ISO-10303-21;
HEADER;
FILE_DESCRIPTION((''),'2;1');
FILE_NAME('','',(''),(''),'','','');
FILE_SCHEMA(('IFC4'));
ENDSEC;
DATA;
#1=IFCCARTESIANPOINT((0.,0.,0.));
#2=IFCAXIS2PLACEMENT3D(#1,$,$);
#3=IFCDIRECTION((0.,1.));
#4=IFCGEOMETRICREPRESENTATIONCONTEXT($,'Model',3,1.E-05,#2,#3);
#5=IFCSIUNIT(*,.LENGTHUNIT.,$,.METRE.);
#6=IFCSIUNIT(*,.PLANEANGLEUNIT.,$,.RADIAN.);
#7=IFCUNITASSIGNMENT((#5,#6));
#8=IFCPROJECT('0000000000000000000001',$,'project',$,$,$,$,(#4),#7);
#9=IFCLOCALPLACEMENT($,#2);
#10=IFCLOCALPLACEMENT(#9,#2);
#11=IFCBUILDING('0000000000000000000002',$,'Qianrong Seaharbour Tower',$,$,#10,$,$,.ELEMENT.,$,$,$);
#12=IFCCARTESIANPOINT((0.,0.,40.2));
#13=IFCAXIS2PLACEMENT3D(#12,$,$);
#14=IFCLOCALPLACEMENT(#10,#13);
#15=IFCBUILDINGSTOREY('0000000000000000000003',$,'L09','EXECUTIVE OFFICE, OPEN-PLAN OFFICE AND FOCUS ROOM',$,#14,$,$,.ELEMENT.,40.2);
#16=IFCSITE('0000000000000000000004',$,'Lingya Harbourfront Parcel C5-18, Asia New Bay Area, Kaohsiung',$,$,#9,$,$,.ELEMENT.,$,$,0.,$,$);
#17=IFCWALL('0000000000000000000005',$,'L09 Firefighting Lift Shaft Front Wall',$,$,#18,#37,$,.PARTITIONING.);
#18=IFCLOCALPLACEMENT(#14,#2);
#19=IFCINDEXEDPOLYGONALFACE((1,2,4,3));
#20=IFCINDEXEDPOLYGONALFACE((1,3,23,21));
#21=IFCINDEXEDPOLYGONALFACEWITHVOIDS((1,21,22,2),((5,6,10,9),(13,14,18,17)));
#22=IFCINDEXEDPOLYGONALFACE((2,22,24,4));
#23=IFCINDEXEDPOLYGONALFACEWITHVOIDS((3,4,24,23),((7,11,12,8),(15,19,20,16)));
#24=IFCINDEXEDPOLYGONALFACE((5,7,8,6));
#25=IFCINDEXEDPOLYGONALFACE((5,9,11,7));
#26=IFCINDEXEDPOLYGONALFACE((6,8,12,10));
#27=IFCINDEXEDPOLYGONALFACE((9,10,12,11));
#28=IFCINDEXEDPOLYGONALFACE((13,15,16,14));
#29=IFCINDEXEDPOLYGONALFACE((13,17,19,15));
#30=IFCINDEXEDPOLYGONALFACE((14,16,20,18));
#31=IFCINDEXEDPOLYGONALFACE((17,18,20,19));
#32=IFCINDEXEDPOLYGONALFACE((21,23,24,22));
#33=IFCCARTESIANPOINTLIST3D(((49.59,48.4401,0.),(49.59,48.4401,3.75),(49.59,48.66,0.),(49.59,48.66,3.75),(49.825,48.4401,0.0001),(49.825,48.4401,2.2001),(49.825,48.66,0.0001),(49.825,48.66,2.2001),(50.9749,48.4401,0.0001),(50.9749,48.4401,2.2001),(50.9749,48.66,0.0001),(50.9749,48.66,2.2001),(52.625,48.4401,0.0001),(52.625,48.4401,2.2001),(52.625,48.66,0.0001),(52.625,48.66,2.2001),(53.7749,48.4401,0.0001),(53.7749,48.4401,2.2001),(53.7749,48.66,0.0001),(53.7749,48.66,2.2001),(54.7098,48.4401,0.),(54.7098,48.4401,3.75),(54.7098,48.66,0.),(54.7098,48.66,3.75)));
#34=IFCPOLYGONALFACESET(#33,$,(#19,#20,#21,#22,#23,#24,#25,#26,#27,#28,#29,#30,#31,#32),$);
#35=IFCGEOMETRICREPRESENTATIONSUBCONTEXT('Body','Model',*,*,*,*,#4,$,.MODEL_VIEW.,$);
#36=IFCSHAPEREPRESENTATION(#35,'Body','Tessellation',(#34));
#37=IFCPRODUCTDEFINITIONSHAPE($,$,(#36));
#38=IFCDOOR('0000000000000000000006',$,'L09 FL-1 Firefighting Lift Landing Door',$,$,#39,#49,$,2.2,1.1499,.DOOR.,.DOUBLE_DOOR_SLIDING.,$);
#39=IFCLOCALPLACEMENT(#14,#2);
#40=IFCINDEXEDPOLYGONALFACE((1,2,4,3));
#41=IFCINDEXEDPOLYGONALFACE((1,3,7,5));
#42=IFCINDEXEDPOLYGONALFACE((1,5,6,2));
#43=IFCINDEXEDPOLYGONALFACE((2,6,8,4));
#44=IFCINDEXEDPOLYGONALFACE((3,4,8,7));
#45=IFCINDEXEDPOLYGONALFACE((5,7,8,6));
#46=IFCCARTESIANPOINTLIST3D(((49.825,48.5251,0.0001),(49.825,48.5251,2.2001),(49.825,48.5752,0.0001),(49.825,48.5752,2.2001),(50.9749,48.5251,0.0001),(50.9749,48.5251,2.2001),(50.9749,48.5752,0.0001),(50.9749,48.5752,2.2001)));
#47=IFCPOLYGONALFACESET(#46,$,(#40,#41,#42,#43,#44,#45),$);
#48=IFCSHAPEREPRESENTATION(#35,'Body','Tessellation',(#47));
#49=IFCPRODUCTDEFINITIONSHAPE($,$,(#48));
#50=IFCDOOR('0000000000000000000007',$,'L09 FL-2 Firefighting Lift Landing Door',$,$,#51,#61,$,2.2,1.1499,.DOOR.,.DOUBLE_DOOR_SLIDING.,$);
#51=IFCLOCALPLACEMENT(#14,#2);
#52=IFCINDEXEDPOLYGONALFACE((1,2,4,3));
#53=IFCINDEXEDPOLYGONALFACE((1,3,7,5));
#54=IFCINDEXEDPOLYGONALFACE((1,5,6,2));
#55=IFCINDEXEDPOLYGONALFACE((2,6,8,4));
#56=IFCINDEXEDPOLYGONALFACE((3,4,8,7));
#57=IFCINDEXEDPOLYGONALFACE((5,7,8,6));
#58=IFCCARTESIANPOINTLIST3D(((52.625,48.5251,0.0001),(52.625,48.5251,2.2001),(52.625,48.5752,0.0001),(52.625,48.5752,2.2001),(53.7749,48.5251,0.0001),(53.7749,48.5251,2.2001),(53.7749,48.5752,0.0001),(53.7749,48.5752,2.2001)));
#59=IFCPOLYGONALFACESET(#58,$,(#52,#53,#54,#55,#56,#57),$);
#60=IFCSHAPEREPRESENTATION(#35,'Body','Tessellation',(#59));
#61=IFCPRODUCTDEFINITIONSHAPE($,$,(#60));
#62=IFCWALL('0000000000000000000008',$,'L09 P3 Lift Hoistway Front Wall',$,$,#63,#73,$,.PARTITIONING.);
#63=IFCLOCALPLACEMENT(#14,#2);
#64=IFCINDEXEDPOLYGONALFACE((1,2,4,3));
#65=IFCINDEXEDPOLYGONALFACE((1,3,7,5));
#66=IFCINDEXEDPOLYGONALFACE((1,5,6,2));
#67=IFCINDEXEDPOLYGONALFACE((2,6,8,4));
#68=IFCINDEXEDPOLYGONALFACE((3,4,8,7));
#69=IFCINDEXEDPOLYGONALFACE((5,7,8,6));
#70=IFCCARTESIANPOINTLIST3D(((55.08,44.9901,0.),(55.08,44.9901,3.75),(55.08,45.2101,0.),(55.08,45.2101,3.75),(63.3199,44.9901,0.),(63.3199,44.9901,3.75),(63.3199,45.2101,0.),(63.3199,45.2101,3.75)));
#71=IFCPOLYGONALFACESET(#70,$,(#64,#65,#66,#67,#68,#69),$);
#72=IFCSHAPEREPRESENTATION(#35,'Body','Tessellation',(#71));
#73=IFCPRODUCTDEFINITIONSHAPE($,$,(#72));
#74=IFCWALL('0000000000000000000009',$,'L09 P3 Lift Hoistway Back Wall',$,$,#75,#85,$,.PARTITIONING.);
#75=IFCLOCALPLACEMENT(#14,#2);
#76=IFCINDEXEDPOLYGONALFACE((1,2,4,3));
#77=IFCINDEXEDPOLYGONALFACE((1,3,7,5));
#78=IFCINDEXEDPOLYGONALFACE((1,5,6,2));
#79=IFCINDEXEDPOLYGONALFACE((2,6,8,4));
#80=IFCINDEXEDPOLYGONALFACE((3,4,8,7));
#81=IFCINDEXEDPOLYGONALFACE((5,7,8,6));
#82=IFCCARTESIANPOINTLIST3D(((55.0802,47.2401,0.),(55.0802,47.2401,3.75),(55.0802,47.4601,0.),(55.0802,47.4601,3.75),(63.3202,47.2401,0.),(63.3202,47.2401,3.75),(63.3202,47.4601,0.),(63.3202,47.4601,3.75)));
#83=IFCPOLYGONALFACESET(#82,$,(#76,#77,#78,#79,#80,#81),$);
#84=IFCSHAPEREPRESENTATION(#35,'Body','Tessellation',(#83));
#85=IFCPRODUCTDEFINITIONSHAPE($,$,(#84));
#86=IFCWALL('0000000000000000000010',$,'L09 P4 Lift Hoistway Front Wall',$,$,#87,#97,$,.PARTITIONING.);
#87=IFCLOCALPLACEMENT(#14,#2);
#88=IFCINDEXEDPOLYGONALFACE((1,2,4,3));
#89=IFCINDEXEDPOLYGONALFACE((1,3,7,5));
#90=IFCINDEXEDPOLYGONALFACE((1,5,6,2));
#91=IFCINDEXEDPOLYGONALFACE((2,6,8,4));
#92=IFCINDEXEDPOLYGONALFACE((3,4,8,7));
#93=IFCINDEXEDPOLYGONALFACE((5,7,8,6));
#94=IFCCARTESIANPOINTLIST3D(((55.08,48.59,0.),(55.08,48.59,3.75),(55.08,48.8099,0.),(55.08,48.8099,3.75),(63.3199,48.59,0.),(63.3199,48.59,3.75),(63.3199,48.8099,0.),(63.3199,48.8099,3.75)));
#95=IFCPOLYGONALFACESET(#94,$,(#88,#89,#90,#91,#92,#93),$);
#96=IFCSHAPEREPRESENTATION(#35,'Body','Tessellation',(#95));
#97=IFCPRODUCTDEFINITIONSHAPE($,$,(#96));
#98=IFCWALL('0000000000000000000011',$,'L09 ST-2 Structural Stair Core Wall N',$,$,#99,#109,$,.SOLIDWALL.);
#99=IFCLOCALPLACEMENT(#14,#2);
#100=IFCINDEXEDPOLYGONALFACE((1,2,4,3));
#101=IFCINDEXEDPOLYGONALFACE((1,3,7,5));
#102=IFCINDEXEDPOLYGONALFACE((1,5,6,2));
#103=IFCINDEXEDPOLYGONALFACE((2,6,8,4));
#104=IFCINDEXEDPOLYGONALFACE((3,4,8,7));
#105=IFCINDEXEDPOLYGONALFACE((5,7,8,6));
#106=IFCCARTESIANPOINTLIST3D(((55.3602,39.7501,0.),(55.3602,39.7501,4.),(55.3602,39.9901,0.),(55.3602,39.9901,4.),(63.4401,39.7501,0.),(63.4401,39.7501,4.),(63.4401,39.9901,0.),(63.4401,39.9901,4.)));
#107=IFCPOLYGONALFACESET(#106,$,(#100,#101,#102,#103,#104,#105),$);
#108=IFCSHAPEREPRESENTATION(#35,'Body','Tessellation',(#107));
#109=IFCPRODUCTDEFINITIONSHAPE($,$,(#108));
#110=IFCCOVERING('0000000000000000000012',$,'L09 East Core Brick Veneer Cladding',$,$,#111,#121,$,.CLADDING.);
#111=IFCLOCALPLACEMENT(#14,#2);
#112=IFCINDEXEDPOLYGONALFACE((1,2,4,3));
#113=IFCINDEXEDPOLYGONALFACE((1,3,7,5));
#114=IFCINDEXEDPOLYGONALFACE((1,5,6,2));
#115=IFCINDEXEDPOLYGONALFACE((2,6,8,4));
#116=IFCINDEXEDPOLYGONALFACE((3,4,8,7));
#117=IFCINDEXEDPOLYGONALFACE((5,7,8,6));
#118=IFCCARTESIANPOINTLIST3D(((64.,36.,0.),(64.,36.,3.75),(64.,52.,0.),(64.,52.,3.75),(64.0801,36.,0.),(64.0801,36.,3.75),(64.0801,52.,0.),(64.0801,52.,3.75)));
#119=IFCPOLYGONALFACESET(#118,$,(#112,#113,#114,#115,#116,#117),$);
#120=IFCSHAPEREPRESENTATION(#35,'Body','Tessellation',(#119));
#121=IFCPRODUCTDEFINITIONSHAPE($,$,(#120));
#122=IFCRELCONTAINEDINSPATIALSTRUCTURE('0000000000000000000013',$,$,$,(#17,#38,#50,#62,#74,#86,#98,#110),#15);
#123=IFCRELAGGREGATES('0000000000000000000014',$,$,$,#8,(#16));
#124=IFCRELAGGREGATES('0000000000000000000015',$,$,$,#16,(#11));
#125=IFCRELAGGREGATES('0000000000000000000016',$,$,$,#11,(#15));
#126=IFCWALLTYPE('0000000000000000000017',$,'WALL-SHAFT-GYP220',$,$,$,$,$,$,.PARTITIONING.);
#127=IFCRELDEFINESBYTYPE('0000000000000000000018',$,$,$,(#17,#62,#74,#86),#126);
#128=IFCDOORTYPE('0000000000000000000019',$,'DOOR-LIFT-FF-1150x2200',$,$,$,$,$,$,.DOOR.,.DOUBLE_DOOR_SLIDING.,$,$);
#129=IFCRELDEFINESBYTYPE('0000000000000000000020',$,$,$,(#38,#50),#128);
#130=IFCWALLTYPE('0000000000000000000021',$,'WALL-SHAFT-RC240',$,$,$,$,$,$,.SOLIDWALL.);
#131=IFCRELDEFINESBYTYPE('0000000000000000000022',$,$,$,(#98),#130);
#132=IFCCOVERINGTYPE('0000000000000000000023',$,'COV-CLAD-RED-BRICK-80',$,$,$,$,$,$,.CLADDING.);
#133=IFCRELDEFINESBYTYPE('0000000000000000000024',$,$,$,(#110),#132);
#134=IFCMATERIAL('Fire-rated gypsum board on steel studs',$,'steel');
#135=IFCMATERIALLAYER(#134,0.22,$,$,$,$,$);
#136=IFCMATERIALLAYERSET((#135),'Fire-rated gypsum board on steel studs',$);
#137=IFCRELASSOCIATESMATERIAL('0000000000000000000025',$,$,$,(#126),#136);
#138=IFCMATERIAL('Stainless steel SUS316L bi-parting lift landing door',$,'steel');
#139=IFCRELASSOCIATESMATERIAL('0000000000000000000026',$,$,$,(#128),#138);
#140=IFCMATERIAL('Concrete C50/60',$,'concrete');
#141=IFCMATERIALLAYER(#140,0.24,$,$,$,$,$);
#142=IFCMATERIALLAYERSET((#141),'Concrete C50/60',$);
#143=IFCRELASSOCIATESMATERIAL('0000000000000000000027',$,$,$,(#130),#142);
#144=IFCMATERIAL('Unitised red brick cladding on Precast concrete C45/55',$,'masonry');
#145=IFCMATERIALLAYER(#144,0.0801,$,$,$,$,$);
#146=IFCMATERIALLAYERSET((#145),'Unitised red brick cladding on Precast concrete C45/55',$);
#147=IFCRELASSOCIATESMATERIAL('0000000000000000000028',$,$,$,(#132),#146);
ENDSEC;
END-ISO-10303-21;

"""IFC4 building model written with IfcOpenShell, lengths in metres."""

from ifc_helpers import new_model, si_unit, direction, frame, frame_2d, origin, origin_2d, place, context, subcontext, project, spatial, rectangle, extrude, material, layer, layer_set, type_object, element, fill, save


model = new_model("IFC4")

# Units and contexts
model_context = context("Model", 3, precision=1e-05, world=origin(), true_north=direction((0.0, 1.0)))
body_context = subcontext(model_context, "Body", "Model", "MODEL_VIEW")
ifc_project = project(units=[si_unit("LENGTHUNIT", "METRE"), si_unit("PLANEANGLEUNIT", "RADIAN")], contexts=[model_context])

# Site, building, storey
site_placement = place(None, origin())
site = spatial("IfcSite", under=ifc_project, at=site_placement, Name="Lingya Harbourfront Parcel C5-18, Asia New Bay Area, Kaohsiung", CompositionType="ELEMENT", RefElevation=0.0)
building_placement = place(site_placement, origin())
building = spatial("IfcBuilding", under=site, at=building_placement, Name="Qianrong Seaharbour Tower", CompositionType="ELEMENT")
storey_placement = place(building_placement, frame((0.0, 0.0, 40.2)))
storey = spatial("IfcBuildingStorey", under=building, at=storey_placement, Name="L09", Description="EXECUTIVE OFFICE, OPEN-PLAN OFFICE AND FOCUS ROOM", CompositionType="ELEMENT", Elevation=40.2)

# Shared definitions
ifc_material_1 = material(Name="Fire-rated gypsum board on steel studs", Category="steel")

# Wall, openings, doors
ifc_layer_1 = layer(ifc_material_1, 0.22)
ifc_layer_set_1 = layer_set([ifc_layer_1], Name="Fire-rated gypsum board on steel studs")
wall_type_1 = type_object("IfcWallType", Name="WALL-SHAFT-GYP220", PredefinedType="PARTITIONING", material=ifc_layer_set_1)
wall_1_placement = place(storey_placement, frame((54.71, 48.55, 0.0), z_axis=(0.0, 0.0, 1.0), x_axis=(-1.0, 0.0, 0.0)))
wall_1 = element("IfcWall", 1, at=wall_1_placement, inside=storey, type_object=wall_type_1, Name="L09 Firefighting Lift Shaft Front Wall", PredefinedType="PARTITIONING", context=body_context, shape_type="SweptSolid", body=[
    extrude(rectangle(XDim=5.1199, YDim=0.22, at=frame_2d((2.5601, 0.0))), origin(), (0.0, 0.0, 1.0), 3.75),
])
opening_1_placement = place(wall_1_placement, frame((3.7351, 0.0, 0.0)))
opening_1 = element("IfcOpeningElement", 2, at=opening_1_placement, cuts=wall_1, PredefinedType="OPENING", context=body_context, shape_type="SweptSolid", body=[
    extrude(rectangle(XDim=1.1499, YDim=2.2, at=frame_2d((0.575, 1.1001))), frame((0.0, 0.1201, 0.0), z_axis=(0.0, -1.0, 0.0), x_axis=(1.0, 0.0, 0.0)), (0.0, 0.0, 1.0), 0.24),
])
opening_2_placement = place(wall_1_placement, frame((0.9351, 0.0, 0.0)))
opening_2 = element("IfcOpeningElement", 3, at=opening_2_placement, cuts=wall_1, PredefinedType="OPENING", context=body_context, shape_type="SweptSolid", body=[
    extrude(rectangle(XDim=1.1499, YDim=2.2, at=frame_2d((0.575, 1.1001))), frame((0.0, 0.1201, 0.0), z_axis=(0.0, -1.0, 0.0), x_axis=(1.0, 0.0, 0.0)), (0.0, 0.0, 1.0), 0.24),
])
ifc_material_2 = material(Name="Stainless steel SUS316L bi-parting lift landing door", Category="steel")
door_type_1 = type_object("IfcDoorType", Name="DOOR-LIFT-FF-1150x2200", OperationType="DOUBLE_DOOR_SLIDING", PredefinedType="DOOR", material=ifc_material_2)
door_1_placement = place(opening_1_placement, origin())
door_1 = element("IfcDoor", 4, at=door_1_placement, inside=storey, type_object=door_type_1, Name="L09 FL-1 Firefighting Lift Landing Door", OperationType="DOUBLE_DOOR_SLIDING", OverallHeight=2.2, OverallWidth=1.1499, PredefinedType="DOOR", context=body_context, shape_type="SweptSolid", body=[
    extrude(rectangle(XDim=1.1499, YDim=2.2, at=frame_2d((0.575, 1.1001))), frame((0.0, 0.0249, 0.0), z_axis=(0.0, -1.0, 0.0), x_axis=(1.0, 0.0, 0.0)), (0.0, 0.0, 1.0), 0.05),
])
fill(opening_1, door_1)
door_2_placement = place(opening_2_placement, origin())
door_2 = element("IfcDoor", 5, at=door_2_placement, inside=storey, type_object=door_type_1, Name="L09 FL-2 Firefighting Lift Landing Door", OperationType="DOUBLE_DOOR_SLIDING", OverallHeight=2.2, OverallWidth=1.1499, PredefinedType="DOOR", context=body_context, shape_type="SweptSolid", body=[
    extrude(rectangle(XDim=1.1499, YDim=2.2, at=frame_2d((0.575, 1.1001))), frame((0.0, 0.0249, 0.0), z_axis=(0.0, -1.0, 0.0), x_axis=(1.0, 0.0, 0.0)), (0.0, 0.0, 1.0), 0.05),
])
fill(opening_2, door_2)

# Walls
for number, where, z_axis, x_axis, name in (
    (6, (63.3201, 45.1001, 0.0), (0.0, 0.0, 1.0), (-1.0, 0.0, 0.0), "L09 P3 Lift Hoistway Front Wall"),
    (7, (55.0801, 47.3501, 0.0), (0.0, 0.0, 1.0), (1.0, 0.0, 0.0), "L09 P3 Lift Hoistway Back Wall"),
    (8, (63.3201, 48.7, 0.0), (0.0, 0.0, 1.0), (-1.0, 0.0, 0.0), "L09 P4 Lift Hoistway Front Wall"),
):
    element("IfcWall", number, at=place(storey_placement, frame(where, z_axis=z_axis, x_axis=x_axis)), inside=storey, type_object=wall_type_1, Name=name, PredefinedType="PARTITIONING", context=body_context, shape_type="SweptSolid", body=[
        extrude(rectangle(XDim=8.24, YDim=0.22, at=frame_2d((4.1201, 0.0))), origin(), (0.0, 0.0, 1.0), 3.75),
    ])
ifc_material_3 = material(Name="Concrete C50/60", Category="concrete")
ifc_layer_2 = layer(ifc_material_3, 0.24)
ifc_layer_set_2 = layer_set([ifc_layer_2], Name="Concrete C50/60")
wall_type_2 = type_object("IfcWallType", Name="WALL-SHAFT-RC240", PredefinedType="SOLIDWALL", material=ifc_layer_set_2)
wall_2_placement = place(storey_placement, frame((55.3601, 39.8701, 0.0), z_axis=(0.0, 0.0, 1.0), x_axis=(1.0, 0.0, 0.0)))
element("IfcWall", 9, at=wall_2_placement, inside=storey, type_object=wall_type_2, Name="L09 ST-2 Structural Stair Core Wall N", PredefinedType="SOLIDWALL", context=body_context, shape_type="SweptSolid", body=[
    extrude(rectangle(XDim=8.0798, YDim=0.24, at=frame_2d((4.04, 0.0))), origin(), (0.0, 0.0, 1.0), 4.0),
])

# Covering
ifc_material_4 = material(Name="Unitised red brick cladding on Precast concrete C45/55", Category="masonry")
ifc_layer_3 = layer(ifc_material_4, 0.0801)
ifc_layer_set_3 = layer_set([ifc_layer_3], Name="Unitised red brick cladding on Precast concrete C45/55")
covering_type = type_object("IfcCoveringType", Name="COV-CLAD-RED-BRICK-80", PredefinedType="CLADDING", material=ifc_layer_set_3)
covering_placement = place(storey_placement, frame((64.04, 44.0, 0.0), z_axis=(0.0, 0.0, 1.0), x_axis=(1.0, 0.0, 0.0)))
element("IfcCovering", 10, at=covering_placement, inside=storey, type_object=covering_type, Name="L09 East Core Brick Veneer Cladding", PredefinedType="CLADDING", context=body_context, shape_type="SweptSolid", body=[
    extrude(rectangle(XDim=0.0801, YDim=16.0, at=origin_2d()), origin(), (0.0, 0.0, 1.0), 3.75),
])

save(model, "model.ifc")
